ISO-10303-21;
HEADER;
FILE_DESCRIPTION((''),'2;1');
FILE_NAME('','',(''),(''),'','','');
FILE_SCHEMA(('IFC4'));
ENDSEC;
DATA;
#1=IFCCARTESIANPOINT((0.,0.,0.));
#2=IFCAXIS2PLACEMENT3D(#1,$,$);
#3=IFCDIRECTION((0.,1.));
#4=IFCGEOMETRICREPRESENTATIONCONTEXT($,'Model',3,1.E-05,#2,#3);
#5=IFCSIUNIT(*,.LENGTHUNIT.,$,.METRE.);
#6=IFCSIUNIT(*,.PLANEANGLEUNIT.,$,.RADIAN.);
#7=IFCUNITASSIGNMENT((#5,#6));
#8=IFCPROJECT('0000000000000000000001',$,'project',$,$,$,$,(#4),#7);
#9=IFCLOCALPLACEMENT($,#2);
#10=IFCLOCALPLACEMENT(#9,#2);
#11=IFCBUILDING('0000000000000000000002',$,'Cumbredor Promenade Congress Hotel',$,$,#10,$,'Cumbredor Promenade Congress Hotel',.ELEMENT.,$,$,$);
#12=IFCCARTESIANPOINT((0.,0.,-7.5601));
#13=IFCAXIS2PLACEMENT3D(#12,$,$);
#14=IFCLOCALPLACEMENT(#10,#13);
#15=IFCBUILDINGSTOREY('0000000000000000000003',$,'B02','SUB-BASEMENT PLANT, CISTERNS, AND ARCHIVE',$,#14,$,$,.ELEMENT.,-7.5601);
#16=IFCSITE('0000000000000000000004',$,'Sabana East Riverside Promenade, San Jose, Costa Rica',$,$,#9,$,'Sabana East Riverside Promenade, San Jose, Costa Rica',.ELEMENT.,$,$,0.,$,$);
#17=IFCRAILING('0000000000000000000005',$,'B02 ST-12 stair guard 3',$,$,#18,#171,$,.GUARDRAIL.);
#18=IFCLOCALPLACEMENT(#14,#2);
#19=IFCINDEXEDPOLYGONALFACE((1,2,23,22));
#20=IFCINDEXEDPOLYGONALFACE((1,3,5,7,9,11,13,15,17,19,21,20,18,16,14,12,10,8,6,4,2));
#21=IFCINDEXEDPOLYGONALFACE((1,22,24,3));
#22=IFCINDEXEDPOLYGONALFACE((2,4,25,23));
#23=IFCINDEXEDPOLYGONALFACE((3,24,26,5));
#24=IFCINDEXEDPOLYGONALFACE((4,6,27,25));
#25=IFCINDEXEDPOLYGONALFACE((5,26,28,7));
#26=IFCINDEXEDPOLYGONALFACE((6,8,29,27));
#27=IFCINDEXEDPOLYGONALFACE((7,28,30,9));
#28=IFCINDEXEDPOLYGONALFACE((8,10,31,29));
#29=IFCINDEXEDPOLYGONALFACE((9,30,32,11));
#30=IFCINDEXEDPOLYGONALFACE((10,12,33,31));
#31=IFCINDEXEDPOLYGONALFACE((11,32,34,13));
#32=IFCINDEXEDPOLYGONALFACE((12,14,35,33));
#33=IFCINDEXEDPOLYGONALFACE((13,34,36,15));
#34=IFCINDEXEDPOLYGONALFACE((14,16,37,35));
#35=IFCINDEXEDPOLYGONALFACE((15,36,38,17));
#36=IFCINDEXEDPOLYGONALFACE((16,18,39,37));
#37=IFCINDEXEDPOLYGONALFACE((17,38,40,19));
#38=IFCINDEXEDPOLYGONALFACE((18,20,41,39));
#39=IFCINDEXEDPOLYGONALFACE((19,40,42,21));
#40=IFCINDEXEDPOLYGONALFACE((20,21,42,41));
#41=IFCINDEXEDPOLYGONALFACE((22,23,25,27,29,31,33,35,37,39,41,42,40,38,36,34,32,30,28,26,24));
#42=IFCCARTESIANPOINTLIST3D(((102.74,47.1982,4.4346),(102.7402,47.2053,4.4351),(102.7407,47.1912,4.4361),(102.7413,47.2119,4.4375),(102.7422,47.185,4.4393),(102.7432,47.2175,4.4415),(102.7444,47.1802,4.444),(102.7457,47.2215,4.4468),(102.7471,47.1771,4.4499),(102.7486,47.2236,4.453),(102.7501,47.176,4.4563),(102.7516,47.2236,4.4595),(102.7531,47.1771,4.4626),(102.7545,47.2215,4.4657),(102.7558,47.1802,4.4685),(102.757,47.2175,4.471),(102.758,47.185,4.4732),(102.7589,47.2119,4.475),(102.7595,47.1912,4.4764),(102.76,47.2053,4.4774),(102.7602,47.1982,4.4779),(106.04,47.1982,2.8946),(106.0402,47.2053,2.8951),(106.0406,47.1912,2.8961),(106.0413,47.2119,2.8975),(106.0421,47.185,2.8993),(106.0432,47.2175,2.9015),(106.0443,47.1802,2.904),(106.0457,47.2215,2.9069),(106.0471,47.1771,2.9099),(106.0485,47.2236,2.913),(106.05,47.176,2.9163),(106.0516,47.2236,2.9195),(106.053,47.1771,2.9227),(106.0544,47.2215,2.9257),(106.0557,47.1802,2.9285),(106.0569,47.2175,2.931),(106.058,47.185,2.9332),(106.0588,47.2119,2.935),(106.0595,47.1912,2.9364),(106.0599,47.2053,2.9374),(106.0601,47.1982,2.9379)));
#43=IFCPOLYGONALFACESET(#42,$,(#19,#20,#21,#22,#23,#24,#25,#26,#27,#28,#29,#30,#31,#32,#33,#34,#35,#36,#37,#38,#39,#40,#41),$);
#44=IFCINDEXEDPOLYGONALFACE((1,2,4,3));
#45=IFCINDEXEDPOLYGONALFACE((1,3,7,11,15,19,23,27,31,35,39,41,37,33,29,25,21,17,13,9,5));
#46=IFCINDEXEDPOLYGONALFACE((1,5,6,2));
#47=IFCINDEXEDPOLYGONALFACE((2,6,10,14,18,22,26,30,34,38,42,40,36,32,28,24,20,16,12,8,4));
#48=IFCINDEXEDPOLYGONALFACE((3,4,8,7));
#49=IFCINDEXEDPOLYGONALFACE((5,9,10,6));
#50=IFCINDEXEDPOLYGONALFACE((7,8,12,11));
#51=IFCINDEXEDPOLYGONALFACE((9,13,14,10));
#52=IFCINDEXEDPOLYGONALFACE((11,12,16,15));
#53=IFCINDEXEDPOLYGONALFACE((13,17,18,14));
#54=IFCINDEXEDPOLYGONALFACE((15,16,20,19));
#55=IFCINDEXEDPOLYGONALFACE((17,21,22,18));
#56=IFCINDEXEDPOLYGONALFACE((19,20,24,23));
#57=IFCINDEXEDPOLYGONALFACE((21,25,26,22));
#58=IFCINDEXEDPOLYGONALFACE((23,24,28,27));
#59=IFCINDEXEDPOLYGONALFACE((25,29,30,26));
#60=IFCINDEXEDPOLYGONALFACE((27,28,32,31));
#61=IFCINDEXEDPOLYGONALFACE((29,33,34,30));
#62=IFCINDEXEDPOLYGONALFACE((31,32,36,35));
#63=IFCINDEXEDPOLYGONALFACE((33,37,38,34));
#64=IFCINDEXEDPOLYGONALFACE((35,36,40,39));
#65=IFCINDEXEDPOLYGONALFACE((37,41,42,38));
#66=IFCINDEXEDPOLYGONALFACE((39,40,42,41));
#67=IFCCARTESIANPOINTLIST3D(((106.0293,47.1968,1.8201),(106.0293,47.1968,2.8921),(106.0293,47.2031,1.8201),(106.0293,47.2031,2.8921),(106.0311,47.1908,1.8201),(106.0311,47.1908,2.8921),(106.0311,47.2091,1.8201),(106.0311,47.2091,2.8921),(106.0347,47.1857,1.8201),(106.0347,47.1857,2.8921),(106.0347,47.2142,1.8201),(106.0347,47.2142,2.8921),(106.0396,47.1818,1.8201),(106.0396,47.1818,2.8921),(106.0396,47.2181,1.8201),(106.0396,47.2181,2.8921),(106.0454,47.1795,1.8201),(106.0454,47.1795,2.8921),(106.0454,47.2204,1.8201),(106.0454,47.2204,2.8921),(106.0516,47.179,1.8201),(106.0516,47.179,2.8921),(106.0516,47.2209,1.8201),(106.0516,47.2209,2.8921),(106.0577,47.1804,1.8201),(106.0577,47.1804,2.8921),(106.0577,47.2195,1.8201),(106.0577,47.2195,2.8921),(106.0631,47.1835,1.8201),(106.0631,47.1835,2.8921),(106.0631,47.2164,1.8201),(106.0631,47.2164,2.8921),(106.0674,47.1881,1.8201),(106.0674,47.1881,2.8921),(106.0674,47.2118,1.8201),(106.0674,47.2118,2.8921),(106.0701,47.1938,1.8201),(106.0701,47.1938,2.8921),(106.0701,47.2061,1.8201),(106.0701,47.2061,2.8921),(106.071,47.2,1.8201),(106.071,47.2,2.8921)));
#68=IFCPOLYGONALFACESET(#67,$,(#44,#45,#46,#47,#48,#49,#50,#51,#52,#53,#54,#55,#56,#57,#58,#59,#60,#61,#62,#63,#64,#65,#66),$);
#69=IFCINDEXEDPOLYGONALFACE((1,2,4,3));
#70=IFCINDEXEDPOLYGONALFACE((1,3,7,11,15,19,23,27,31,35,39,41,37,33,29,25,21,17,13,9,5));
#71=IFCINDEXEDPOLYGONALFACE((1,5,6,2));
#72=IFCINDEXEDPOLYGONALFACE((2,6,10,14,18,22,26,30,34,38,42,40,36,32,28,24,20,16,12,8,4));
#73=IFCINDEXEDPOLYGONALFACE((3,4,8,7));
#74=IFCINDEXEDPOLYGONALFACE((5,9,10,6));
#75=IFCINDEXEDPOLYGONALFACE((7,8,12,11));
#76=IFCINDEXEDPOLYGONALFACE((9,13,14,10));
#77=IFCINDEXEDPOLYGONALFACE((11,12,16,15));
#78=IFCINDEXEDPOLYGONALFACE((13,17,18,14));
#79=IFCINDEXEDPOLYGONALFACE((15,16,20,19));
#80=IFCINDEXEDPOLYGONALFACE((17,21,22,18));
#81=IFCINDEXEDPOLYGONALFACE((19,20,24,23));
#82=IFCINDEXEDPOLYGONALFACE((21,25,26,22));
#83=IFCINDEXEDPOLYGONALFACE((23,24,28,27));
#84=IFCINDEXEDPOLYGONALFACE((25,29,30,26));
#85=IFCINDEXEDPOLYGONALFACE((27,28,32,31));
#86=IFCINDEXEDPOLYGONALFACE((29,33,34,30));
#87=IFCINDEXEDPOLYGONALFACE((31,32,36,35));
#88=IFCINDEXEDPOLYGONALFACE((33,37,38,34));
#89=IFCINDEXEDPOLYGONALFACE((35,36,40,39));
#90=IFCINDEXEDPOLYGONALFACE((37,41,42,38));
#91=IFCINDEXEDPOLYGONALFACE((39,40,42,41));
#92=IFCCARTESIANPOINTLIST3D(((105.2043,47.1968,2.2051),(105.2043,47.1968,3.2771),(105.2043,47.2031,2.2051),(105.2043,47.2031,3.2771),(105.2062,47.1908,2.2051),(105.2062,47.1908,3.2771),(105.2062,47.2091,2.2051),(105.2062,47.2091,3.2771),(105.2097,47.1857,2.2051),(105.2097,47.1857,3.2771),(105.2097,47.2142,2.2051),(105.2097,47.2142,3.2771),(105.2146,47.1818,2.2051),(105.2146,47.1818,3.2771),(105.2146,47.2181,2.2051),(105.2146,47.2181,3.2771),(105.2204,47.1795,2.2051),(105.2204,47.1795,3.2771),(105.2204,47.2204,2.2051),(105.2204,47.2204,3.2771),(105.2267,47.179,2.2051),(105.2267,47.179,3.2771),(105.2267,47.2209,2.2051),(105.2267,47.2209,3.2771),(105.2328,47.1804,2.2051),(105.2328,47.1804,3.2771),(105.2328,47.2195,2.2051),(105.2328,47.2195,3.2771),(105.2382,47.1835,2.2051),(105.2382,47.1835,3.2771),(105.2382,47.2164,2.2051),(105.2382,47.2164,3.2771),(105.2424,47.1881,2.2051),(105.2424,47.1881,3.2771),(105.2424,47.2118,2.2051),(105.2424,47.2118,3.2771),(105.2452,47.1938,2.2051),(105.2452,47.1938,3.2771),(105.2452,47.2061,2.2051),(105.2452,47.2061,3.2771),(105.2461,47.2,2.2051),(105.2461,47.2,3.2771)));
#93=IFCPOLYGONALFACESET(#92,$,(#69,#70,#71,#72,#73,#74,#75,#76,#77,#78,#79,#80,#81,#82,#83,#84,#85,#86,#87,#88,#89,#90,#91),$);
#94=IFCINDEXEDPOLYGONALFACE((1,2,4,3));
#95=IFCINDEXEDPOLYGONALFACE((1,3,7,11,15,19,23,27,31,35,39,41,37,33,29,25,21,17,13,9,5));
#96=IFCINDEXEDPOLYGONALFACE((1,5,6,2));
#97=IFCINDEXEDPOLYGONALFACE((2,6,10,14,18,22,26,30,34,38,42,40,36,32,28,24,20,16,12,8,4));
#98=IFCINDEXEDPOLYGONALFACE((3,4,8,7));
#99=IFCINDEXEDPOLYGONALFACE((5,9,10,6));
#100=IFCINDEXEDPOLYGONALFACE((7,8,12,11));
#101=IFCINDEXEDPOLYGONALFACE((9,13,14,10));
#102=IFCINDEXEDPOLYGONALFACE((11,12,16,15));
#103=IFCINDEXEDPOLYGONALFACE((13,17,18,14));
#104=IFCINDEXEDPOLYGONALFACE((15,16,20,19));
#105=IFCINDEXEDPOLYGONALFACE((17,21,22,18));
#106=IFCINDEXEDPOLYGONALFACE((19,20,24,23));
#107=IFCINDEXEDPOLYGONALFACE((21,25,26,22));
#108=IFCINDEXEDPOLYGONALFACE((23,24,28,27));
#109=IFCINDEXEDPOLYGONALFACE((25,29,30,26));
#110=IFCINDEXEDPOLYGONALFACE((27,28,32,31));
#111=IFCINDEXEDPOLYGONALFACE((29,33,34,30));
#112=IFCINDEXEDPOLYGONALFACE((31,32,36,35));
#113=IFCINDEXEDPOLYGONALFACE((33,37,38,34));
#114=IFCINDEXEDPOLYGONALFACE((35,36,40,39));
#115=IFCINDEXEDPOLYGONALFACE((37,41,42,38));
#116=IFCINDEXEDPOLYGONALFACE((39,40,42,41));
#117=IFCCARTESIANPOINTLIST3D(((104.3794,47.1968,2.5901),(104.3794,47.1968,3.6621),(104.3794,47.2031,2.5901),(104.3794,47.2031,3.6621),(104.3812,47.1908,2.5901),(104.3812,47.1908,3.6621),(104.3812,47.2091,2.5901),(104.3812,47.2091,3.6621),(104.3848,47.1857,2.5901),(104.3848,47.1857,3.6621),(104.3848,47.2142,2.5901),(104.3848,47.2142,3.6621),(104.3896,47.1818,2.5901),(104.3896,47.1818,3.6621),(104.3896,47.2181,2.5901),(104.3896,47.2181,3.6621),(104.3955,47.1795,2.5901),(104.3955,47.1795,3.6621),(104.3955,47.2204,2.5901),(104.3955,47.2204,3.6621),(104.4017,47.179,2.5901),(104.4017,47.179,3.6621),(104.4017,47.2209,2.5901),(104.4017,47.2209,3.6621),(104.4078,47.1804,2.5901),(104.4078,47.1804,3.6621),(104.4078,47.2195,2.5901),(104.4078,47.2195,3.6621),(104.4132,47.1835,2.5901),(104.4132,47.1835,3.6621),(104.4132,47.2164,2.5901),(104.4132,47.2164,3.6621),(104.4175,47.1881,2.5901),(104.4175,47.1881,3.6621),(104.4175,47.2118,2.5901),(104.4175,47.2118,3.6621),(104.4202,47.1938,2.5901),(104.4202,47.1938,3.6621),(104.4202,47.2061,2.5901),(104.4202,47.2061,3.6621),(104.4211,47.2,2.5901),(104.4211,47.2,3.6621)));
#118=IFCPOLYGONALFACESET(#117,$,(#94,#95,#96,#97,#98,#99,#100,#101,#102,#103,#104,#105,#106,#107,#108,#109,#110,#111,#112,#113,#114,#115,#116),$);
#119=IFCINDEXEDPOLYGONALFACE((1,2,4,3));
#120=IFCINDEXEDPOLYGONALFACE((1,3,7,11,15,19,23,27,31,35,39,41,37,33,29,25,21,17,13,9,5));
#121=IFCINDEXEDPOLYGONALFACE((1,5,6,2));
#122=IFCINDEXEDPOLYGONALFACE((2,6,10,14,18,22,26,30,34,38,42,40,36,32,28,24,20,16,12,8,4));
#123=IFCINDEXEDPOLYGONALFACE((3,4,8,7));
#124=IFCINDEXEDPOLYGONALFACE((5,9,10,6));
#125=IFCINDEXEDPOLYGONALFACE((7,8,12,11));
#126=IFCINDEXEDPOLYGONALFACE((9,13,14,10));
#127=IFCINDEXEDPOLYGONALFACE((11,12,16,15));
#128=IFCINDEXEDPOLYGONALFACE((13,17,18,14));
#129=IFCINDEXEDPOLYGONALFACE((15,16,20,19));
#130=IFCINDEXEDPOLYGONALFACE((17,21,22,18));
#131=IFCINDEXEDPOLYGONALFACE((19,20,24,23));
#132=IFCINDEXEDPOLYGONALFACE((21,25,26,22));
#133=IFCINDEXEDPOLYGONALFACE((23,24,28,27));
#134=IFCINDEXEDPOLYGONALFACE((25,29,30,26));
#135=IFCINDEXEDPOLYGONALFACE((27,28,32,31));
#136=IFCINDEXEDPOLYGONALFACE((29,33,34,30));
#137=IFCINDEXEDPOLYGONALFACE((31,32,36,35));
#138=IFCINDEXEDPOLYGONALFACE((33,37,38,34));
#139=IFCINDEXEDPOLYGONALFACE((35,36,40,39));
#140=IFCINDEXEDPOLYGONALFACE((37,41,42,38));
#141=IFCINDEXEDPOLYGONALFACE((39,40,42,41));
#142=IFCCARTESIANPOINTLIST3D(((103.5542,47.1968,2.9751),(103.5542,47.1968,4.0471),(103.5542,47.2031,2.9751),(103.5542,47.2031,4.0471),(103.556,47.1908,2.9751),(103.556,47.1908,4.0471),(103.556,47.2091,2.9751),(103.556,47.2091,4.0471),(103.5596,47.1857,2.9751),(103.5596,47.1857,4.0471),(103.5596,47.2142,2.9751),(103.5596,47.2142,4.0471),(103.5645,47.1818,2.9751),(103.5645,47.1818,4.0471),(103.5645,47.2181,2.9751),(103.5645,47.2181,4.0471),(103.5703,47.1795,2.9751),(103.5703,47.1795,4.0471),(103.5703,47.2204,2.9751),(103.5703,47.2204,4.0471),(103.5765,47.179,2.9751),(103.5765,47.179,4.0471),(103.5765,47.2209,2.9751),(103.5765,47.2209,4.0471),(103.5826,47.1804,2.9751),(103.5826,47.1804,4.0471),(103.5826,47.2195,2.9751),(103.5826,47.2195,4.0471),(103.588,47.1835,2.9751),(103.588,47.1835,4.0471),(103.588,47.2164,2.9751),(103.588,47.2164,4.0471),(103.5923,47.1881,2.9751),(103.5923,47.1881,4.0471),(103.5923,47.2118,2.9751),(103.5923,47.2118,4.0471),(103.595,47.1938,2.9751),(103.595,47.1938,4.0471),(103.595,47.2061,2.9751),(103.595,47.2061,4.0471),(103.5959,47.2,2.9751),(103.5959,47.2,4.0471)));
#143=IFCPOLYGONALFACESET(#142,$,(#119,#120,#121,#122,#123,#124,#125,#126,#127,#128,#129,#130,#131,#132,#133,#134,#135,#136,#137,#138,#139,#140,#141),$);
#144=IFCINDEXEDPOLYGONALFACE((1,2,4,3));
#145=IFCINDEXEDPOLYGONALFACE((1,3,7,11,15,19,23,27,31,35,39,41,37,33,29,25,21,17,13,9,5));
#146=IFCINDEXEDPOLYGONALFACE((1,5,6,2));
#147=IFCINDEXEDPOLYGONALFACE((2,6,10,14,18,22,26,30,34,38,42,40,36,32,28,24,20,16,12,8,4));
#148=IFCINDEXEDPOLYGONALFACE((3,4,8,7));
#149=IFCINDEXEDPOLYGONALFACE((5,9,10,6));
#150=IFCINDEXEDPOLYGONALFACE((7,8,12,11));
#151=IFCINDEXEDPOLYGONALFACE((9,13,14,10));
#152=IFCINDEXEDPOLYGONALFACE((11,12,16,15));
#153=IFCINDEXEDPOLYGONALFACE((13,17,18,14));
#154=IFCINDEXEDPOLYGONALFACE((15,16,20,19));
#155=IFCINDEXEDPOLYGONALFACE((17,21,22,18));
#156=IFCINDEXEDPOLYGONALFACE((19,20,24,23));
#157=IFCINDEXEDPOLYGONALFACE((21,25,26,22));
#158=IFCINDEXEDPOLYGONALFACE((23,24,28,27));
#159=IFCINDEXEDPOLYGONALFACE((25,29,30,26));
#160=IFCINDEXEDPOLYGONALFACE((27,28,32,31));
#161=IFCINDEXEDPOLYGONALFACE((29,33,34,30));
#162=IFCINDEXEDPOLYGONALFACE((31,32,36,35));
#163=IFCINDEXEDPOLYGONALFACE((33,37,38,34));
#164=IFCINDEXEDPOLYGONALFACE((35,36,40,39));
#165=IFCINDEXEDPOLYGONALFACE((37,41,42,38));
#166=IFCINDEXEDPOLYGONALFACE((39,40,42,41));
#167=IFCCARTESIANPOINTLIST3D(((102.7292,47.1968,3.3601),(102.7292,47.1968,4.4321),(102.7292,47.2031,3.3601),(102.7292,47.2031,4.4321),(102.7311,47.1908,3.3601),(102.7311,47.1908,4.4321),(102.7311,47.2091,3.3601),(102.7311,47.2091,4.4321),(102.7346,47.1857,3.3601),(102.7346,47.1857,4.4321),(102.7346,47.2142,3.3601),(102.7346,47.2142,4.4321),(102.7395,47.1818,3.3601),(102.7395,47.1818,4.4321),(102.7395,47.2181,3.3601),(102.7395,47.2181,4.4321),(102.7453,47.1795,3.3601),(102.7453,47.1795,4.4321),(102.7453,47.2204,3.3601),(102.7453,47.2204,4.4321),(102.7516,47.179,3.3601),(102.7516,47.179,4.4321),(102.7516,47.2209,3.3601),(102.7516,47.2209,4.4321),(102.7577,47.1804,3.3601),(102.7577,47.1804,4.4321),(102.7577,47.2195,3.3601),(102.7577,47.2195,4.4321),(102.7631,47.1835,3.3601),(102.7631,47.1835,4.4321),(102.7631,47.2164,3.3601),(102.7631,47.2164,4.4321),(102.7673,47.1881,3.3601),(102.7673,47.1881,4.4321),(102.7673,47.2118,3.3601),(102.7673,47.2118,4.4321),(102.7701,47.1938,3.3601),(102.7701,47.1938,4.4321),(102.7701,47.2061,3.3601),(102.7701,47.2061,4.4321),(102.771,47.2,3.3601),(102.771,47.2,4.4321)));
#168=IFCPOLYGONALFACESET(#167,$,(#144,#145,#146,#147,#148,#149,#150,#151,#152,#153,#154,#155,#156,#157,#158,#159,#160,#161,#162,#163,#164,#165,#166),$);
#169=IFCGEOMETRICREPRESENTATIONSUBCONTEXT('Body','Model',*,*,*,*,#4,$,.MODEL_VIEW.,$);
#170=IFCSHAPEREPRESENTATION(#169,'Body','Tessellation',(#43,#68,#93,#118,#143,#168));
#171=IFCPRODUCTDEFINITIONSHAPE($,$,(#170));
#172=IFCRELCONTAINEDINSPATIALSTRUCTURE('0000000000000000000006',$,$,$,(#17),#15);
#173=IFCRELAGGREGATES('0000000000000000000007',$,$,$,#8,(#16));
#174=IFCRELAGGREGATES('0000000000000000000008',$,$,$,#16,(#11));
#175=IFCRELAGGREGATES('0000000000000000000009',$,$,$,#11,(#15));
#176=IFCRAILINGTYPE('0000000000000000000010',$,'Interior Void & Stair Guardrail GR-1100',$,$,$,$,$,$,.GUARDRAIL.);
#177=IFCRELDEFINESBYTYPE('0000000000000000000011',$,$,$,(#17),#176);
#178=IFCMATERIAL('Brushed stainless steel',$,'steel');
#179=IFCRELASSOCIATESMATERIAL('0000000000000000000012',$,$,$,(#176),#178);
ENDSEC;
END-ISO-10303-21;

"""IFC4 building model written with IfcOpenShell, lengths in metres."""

from ifc_helpers import new_model, si_unit, direction, frame, origin, origin_2d, place, context, subcontext, project, spatial, circle, extrude, material, type_object, element, save


model = new_model("IFC4")

# Units and contexts
model_context = context("Model", 3, precision=1e-05, world=origin(), true_north=direction((0.0, 1.0)))
body_context = subcontext(model_context, "Body", "Model", "MODEL_VIEW")
ifc_project = project(units=[si_unit("LENGTHUNIT", "METRE"), si_unit("PLANEANGLEUNIT", "RADIAN")], contexts=[model_context])

# Site, building, storey
site_placement = place(None, origin())
site = spatial("IfcSite", under=ifc_project, at=site_placement, Name="Sabana East Riverside Promenade, San Jose, Costa Rica", LongName="Sabana East Riverside Promenade, San Jose, Costa Rica", CompositionType="ELEMENT", RefElevation=0.0)
building_placement = place(site_placement, origin())
building = spatial("IfcBuilding", under=site, at=building_placement, Name="Cumbredor Promenade Congress Hotel", LongName="Cumbredor Promenade Congress Hotel", CompositionType="ELEMENT")
storey_placement = place(building_placement, frame((0.0, 0.0, -7.5601)))
storey = spatial("IfcBuildingStorey", under=building, at=storey_placement, Name="B02", Description="SUB-BASEMENT PLANT, CISTERNS, AND ARCHIVE", CompositionType="ELEMENT", Elevation=-7.5601)

# Railing
ifc_material_1 = material(Name="Brushed stainless steel", Category="steel")
railing_type_1 = type_object("IfcRailingType", Name="Interior Void & Stair Guardrail GR-1100", PredefinedType="GUARDRAIL", material=ifc_material_1)
railing_1_placement = place(storey_placement, frame((106.05, 47.2, 1.8201)))
element("IfcRailing", 1, at=railing_1_placement, inside=storey, type_object=railing_type_1, Name="B02 ST-12 stair guard 3", PredefinedType="GUARDRAIL", context=body_context, shape_type="SweptSolid", body=[
    extrude(circle(Radius=0.0239, at=origin_2d()), frame((0.0, 0.0, 1.0962), z_axis=(-0.906181, 0.0, 0.422889), x_axis=(0.0, -1.0, 0.0)), (0.0, 0.0, 1.0), 3.6416),
    extrude(circle(Radius=0.021, at=origin_2d()), origin(), (0.0, 0.0, 1.0), 1.072),
    extrude(circle(Radius=0.021, at=origin_2d()), frame((-0.825, 0.0, 0.385)), (0.0, 0.0, 1.0), 1.072),
    extrude(circle(Radius=0.021, at=origin_2d()), frame((-1.6499, 0.0, 0.77)), (0.0, 0.0, 1.0), 1.072),
    extrude(circle(Radius=0.021, at=origin_2d()), frame((-2.4751, 0.0, 1.155)), (0.0, 0.0, 1.0), 1.072),
    extrude(circle(Radius=0.021, at=origin_2d()), frame((-3.3, 0.0, 1.54)), (0.0, 0.0, 1.0), 1.072),
])

save(model, "model.ifc")
